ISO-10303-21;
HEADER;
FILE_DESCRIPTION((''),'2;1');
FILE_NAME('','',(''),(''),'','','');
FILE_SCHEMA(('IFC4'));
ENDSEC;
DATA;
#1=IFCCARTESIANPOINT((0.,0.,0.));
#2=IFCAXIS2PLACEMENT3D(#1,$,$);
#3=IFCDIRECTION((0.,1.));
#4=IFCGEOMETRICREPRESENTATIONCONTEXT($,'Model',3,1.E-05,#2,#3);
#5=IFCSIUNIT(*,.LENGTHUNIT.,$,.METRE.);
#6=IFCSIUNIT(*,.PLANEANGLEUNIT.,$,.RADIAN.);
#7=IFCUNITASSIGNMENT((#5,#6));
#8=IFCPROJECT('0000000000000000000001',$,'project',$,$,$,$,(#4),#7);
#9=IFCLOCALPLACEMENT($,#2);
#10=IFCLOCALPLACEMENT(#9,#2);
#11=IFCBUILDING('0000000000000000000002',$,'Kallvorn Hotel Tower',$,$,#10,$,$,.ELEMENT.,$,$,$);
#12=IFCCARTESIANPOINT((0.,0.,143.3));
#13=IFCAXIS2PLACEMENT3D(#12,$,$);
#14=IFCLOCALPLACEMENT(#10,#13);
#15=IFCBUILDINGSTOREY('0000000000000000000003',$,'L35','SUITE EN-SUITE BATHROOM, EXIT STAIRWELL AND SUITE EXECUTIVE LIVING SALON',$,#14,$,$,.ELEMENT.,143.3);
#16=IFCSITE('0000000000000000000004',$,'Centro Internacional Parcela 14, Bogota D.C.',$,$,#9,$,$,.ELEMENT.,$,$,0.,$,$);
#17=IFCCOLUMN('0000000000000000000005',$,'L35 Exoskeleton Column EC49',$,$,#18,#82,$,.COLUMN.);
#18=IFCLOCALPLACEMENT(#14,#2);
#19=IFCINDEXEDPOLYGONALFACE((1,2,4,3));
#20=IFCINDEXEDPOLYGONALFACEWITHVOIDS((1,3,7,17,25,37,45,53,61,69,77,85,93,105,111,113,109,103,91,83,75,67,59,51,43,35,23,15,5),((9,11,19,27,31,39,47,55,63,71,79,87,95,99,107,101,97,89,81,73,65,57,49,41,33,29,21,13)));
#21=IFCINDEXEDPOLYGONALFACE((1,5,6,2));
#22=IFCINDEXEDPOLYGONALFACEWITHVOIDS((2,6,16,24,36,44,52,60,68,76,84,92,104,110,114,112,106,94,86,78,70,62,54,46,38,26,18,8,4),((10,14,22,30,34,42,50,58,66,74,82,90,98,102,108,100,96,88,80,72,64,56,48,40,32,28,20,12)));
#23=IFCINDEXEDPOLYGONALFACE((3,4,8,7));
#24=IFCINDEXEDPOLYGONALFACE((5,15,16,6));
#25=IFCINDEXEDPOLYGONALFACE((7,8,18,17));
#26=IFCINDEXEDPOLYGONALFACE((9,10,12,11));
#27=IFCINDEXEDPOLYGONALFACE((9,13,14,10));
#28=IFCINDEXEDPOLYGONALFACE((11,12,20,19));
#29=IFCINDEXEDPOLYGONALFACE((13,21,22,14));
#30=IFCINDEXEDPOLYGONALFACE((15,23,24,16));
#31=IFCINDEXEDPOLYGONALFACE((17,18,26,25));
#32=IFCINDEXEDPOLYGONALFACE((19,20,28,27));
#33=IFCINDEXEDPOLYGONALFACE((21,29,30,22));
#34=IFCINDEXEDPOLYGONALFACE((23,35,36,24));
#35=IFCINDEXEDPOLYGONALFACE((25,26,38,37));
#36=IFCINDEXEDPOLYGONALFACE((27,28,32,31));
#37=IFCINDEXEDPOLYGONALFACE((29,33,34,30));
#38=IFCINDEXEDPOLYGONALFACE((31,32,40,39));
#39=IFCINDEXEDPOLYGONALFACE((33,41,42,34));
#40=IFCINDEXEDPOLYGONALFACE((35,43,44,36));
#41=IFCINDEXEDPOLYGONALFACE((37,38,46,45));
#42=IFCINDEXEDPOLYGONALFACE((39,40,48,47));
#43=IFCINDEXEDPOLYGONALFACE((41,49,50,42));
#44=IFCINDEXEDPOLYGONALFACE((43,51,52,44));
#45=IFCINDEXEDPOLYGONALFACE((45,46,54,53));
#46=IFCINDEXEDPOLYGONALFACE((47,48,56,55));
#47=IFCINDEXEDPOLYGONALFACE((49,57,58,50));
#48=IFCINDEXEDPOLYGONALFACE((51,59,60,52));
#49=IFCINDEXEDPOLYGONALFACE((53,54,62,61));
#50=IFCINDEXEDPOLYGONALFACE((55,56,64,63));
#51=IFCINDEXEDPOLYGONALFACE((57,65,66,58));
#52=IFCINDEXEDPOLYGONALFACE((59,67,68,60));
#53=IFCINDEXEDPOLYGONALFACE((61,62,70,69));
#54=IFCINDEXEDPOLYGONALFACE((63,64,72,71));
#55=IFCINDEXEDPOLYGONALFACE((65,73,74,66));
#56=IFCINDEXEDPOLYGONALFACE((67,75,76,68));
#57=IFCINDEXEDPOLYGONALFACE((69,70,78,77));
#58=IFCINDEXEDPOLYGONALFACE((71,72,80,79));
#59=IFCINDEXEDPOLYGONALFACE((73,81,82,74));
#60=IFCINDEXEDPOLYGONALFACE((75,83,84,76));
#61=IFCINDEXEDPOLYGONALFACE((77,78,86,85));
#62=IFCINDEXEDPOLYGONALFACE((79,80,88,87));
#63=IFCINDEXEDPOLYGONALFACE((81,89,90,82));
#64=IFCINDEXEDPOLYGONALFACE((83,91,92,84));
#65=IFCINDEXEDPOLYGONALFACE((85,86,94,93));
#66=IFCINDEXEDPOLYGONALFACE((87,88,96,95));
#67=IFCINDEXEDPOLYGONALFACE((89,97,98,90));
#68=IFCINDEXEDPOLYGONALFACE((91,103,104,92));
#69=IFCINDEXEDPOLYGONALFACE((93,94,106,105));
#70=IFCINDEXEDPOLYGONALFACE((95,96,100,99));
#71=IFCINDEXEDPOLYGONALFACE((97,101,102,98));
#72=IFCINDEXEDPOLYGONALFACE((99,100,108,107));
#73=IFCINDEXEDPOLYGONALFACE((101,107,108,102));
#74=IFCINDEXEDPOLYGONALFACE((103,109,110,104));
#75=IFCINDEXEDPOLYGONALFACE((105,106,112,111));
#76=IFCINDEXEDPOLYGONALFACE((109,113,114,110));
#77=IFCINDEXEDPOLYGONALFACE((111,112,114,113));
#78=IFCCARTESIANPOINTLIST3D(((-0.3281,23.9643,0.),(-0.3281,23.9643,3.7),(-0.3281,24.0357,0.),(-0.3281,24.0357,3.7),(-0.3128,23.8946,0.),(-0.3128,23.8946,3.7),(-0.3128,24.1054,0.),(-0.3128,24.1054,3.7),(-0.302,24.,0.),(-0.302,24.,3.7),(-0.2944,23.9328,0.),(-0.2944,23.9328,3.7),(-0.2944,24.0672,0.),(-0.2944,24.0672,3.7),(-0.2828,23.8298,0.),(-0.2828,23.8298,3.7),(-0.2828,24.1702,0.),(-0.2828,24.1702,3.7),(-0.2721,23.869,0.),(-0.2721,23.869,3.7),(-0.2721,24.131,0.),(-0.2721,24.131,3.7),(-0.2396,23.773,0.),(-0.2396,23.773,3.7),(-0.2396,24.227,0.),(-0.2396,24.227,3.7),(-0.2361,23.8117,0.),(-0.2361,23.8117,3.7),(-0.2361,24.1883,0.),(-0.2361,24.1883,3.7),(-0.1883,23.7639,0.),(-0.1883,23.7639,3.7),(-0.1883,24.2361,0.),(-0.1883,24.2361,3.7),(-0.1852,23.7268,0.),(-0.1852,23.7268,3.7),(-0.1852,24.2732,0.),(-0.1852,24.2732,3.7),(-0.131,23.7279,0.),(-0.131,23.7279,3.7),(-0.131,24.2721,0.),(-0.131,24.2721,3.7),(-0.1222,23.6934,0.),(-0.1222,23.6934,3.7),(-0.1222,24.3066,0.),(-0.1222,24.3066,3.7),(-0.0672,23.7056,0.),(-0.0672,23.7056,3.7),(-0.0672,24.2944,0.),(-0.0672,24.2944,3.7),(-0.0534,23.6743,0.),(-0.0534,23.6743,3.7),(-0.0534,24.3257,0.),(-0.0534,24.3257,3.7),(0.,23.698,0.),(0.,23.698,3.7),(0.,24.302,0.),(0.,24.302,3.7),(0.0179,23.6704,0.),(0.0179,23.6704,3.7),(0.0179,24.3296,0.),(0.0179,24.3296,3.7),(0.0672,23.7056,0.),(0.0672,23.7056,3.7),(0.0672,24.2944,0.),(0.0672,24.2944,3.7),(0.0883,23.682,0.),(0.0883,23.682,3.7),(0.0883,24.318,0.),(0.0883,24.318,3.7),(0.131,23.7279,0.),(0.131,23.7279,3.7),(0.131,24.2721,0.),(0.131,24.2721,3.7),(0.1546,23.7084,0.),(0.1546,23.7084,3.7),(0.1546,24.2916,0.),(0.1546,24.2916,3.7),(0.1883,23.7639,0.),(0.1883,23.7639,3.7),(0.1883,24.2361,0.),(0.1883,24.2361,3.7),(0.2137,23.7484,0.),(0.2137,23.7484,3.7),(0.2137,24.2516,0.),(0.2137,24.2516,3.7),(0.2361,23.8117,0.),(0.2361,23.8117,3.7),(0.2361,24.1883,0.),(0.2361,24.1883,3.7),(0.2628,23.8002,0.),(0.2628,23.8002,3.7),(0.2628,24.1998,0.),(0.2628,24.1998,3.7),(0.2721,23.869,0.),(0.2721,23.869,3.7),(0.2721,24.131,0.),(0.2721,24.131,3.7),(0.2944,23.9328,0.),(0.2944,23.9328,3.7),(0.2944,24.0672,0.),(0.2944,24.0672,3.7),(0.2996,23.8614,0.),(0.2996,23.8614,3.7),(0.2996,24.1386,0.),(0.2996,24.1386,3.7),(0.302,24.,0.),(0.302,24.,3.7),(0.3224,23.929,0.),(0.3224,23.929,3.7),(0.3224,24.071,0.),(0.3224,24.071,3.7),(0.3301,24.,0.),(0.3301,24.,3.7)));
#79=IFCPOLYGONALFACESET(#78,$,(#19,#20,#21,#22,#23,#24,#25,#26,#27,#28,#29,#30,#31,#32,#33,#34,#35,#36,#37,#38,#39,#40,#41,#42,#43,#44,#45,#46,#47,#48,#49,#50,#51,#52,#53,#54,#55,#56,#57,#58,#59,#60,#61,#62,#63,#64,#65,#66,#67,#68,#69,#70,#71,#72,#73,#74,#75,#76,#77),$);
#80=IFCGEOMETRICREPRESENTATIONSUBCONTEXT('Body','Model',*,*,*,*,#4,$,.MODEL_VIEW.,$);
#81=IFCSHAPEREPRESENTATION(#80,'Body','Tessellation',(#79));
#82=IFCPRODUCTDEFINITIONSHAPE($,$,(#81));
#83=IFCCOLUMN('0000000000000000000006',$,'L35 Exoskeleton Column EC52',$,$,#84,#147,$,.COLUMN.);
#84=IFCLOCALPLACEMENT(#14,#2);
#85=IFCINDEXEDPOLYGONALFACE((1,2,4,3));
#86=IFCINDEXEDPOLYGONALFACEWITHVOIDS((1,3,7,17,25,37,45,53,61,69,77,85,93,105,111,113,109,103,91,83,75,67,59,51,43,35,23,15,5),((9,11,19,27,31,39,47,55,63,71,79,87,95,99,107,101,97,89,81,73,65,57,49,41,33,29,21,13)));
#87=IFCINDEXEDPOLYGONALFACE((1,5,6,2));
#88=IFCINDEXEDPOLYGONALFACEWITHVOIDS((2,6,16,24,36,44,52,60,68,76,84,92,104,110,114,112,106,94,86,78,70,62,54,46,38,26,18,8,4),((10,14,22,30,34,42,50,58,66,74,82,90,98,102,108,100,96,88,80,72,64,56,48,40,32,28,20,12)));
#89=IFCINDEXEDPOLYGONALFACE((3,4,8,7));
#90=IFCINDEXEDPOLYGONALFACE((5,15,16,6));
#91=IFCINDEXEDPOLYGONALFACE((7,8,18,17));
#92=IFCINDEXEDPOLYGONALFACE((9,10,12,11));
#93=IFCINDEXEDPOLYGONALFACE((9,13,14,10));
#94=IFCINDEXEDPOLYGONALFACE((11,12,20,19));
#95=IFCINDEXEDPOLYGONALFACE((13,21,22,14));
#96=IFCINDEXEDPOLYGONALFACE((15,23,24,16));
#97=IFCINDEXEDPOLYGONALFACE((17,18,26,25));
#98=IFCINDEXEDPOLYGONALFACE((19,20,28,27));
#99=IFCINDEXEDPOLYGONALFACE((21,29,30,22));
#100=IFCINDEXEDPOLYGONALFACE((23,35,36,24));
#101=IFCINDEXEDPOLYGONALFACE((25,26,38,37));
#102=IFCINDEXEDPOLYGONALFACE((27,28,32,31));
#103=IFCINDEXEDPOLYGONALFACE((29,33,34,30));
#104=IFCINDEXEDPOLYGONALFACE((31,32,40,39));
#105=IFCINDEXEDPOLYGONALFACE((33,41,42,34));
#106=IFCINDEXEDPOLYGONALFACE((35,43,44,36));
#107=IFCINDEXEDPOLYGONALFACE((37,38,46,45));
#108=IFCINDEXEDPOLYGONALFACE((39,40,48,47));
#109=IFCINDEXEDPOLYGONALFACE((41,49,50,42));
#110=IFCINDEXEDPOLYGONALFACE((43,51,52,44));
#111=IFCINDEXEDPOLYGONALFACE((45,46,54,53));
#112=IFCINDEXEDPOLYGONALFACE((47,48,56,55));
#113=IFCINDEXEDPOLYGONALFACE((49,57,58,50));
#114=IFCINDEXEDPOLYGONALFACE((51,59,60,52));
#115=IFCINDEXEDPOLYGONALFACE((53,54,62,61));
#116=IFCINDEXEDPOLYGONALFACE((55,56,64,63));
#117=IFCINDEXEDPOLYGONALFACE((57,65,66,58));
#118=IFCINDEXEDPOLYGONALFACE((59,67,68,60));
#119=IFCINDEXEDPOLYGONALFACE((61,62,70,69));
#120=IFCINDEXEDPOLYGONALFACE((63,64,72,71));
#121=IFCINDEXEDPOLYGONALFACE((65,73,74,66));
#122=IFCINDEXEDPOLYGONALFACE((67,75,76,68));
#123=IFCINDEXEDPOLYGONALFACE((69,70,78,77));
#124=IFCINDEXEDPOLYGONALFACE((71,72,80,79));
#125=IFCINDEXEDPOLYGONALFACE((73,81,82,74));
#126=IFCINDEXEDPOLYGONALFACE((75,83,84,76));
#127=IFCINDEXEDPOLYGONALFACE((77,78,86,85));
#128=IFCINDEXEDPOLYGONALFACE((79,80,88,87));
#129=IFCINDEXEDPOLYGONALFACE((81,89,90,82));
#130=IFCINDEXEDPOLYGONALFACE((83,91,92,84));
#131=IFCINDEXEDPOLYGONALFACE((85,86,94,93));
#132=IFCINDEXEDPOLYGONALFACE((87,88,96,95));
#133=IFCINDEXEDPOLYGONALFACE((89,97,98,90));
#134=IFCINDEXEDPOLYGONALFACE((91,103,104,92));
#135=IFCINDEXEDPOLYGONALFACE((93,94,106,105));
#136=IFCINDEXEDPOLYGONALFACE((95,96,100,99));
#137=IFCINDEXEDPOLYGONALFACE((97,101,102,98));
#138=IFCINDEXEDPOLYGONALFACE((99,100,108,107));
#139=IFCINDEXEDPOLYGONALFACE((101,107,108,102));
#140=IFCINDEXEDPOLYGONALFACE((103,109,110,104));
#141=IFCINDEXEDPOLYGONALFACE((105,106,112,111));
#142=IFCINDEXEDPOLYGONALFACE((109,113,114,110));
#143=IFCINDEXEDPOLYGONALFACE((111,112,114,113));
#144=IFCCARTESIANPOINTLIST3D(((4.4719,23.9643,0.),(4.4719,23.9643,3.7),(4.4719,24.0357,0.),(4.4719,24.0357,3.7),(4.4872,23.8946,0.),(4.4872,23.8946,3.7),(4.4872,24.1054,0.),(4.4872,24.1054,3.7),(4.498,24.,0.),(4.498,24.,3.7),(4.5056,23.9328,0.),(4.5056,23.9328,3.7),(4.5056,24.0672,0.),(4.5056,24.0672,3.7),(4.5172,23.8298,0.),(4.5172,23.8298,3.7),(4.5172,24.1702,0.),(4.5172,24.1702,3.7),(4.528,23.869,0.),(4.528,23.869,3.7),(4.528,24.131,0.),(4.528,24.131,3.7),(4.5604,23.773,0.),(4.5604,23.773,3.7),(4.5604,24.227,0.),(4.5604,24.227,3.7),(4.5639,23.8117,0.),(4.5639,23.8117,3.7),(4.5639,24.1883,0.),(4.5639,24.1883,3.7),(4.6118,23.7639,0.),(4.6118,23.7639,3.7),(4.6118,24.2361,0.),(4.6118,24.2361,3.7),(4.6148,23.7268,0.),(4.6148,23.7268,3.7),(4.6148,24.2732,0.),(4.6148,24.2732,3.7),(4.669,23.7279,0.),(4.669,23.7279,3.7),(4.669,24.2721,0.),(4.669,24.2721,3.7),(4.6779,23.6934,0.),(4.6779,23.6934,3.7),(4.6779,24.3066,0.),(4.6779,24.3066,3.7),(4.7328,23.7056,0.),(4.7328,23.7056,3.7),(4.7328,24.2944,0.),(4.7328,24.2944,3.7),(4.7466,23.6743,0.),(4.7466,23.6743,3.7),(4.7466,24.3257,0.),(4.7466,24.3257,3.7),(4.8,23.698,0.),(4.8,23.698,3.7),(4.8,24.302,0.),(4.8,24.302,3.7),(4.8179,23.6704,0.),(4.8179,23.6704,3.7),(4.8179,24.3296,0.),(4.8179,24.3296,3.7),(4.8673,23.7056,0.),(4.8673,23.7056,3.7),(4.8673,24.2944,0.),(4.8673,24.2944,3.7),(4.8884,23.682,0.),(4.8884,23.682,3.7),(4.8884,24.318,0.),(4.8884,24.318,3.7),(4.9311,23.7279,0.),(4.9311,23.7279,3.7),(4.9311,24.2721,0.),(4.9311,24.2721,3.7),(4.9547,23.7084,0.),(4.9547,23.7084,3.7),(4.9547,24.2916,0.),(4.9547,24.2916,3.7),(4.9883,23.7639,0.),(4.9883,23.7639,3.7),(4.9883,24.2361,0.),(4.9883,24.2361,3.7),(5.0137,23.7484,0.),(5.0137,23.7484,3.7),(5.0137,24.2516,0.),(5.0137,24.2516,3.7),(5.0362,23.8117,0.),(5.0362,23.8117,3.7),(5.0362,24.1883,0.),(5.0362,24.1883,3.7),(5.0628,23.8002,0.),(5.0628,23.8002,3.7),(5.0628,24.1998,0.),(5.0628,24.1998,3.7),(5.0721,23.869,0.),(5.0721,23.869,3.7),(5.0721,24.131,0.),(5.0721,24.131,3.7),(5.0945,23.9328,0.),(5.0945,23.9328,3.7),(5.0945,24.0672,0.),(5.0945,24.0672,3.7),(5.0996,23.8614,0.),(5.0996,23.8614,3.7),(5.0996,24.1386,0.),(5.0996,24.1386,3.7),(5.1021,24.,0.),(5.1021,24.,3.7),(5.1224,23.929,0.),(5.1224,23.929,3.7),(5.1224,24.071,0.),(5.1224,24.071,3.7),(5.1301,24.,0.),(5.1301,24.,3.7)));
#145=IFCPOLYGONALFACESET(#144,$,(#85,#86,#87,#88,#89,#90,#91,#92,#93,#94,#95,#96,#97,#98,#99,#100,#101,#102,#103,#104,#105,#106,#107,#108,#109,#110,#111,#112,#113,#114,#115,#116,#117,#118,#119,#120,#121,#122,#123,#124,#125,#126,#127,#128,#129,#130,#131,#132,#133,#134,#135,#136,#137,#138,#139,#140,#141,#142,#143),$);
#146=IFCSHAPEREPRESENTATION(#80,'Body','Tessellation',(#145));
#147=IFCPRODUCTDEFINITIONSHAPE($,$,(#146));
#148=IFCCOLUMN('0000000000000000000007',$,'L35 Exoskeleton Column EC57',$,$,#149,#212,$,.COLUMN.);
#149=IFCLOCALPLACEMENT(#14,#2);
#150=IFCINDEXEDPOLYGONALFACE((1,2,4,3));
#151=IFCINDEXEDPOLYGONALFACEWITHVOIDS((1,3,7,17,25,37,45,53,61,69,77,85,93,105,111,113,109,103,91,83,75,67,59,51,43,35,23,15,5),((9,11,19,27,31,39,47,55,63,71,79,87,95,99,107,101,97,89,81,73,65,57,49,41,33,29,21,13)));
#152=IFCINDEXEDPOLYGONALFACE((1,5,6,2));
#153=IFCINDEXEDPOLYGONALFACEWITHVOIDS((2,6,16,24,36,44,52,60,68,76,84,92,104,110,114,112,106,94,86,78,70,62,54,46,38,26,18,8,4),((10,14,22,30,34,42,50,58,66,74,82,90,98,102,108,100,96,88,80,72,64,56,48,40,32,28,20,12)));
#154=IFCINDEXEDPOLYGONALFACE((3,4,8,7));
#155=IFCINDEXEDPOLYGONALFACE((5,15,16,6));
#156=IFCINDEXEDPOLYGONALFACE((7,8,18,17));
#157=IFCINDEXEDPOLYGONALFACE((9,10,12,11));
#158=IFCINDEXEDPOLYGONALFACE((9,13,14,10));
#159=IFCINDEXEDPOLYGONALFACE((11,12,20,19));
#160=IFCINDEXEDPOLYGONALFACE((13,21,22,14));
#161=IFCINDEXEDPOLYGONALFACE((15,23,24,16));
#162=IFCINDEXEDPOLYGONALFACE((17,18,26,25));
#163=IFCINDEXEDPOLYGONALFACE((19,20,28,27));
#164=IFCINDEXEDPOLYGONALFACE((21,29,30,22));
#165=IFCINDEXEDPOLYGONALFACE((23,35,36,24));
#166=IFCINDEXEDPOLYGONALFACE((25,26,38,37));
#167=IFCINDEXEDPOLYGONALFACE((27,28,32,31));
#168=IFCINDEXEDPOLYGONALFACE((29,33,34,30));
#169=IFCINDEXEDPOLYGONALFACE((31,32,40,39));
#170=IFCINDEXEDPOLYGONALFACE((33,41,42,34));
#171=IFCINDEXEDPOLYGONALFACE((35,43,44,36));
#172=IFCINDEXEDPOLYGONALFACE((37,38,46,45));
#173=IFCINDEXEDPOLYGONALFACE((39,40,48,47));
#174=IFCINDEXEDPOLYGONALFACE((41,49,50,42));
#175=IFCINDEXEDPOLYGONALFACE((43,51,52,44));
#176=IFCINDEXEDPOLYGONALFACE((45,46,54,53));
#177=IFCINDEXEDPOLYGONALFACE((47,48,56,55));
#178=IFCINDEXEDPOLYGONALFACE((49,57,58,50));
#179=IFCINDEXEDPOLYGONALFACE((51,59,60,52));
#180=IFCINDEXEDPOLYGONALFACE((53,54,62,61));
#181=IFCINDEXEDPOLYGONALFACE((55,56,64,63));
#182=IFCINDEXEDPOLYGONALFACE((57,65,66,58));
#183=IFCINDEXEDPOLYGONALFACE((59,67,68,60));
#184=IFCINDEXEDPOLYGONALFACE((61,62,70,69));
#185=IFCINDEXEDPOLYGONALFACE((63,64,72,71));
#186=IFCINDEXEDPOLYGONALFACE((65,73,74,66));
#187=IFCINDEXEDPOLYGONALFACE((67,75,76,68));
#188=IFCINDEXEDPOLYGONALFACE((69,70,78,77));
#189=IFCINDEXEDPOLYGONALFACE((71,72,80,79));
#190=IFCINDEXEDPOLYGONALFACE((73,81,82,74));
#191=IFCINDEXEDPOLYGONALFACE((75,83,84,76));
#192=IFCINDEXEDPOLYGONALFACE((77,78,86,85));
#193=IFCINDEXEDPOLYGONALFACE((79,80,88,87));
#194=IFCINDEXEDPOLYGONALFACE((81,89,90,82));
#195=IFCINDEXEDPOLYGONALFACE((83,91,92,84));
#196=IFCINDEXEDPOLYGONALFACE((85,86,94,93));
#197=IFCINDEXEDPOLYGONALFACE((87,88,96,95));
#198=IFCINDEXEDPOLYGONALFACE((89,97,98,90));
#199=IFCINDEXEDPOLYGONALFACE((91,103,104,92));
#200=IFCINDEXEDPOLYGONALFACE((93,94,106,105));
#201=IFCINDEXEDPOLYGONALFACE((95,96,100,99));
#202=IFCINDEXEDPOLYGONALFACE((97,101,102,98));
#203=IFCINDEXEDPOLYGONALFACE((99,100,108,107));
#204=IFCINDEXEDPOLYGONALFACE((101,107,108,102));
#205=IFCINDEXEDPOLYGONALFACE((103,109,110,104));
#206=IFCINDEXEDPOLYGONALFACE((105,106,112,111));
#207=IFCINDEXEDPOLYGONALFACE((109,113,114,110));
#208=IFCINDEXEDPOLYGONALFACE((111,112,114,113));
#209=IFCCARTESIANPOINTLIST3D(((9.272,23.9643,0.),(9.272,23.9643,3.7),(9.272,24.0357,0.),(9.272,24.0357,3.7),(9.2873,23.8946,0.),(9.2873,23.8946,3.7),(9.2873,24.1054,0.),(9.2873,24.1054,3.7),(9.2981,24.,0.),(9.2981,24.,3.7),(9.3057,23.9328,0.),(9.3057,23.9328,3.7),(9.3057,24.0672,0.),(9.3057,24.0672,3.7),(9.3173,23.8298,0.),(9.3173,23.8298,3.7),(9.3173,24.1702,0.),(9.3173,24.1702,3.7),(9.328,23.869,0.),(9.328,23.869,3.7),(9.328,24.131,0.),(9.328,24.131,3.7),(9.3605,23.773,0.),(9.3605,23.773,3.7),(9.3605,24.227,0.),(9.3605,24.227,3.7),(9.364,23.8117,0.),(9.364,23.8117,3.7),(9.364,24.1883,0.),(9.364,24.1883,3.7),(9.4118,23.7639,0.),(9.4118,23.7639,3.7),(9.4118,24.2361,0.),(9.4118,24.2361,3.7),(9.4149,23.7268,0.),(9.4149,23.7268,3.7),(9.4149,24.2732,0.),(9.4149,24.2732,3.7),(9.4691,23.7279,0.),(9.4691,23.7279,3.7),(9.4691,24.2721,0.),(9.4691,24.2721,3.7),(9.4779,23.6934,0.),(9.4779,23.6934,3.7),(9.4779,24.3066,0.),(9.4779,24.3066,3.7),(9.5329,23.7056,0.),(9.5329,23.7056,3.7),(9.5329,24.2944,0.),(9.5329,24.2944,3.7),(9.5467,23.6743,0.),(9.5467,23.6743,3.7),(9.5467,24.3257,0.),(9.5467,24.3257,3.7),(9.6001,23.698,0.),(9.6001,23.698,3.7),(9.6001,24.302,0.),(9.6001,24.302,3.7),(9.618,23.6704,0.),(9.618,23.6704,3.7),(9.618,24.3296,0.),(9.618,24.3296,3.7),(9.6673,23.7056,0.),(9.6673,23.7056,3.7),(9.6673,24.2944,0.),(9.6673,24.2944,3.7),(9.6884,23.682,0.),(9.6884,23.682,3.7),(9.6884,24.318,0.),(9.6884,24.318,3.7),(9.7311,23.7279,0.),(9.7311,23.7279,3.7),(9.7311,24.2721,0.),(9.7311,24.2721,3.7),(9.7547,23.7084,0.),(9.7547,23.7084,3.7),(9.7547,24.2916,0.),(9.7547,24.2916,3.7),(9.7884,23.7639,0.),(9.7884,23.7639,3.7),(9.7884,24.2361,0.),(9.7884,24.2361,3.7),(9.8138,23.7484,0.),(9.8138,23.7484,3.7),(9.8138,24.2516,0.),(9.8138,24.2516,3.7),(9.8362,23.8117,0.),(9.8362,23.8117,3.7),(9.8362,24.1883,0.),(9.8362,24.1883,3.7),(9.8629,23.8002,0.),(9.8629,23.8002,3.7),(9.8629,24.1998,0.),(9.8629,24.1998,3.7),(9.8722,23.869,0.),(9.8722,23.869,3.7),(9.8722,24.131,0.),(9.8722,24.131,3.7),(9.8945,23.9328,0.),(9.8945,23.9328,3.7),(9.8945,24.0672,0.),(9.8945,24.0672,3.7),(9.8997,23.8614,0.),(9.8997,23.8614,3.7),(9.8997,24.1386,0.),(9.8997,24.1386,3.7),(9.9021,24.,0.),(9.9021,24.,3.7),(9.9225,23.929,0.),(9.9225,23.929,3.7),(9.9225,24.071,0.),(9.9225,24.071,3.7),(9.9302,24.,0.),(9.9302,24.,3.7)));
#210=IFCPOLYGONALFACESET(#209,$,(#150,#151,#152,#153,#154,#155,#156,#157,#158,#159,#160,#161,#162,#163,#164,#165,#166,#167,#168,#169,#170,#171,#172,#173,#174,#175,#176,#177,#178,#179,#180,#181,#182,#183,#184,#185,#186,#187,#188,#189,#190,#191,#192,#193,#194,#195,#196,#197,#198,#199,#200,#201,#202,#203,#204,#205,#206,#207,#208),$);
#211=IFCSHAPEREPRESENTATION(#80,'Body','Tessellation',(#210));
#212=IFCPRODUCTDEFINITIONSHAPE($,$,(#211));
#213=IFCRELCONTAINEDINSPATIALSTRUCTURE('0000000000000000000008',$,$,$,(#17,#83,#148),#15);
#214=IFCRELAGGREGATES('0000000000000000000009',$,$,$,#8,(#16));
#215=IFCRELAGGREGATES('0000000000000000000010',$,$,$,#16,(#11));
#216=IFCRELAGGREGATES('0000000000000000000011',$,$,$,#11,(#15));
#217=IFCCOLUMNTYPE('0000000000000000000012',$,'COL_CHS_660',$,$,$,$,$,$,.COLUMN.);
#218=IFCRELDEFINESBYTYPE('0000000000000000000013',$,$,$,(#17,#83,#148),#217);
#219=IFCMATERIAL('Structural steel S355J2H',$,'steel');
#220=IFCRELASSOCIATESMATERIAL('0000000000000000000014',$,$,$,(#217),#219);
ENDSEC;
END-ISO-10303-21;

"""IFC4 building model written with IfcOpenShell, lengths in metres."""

from ifc_helpers import new_model, si_unit, direction, frame, origin, origin_2d, place, context, subcontext, project, spatial, hollow_circle, extrude, material, material_profile, profile_set, type_object, element, save


model = new_model("IFC4")

# Units and contexts
model_context = context("Model", 3, precision=1e-05, world=origin(), true_north=direction((0.0, 1.0)))
body_context = subcontext(model_context, "Body", "Model", "MODEL_VIEW")
ifc_project = project(units=[si_unit("LENGTHUNIT", "METRE"), si_unit("PLANEANGLEUNIT", "RADIAN")], contexts=[model_context])

# Site, building, storey
site_placement = place(None, origin())
site = spatial("IfcSite", under=ifc_project, at=site_placement, Name="Centro Internacional Parcela 14, Bogota D.C.", CompositionType="ELEMENT", RefElevation=0.0)
building_placement = place(site_placement, origin())
building = spatial("IfcBuilding", under=site, at=building_placement, Name="Kallvorn Hotel Tower", CompositionType="ELEMENT")
storey_placement = place(building_placement, frame((0.0, 0.0, 143.3)))
storey = spatial("IfcBuildingStorey", under=building, at=storey_placement, Name="L35", Description="SUITE EN-SUITE BATHROOM, EXIT STAIRWELL AND SUITE EXECUTIVE LIVING SALON", CompositionType="ELEMENT", Elevation=143.3)

# Columns
ifc_material_1 = material(Name="Structural steel S355J2H", Category="steel")
ifc_material_profile_1 = material_profile(ifc_material_1, hollow_circle(Radius=0.3301, WallThickness=0.0281, at=origin_2d()), Name="CHS 660x28")
ifc_profile_set_1 = profile_set([ifc_material_profile_1], Name="Structural steel S355J2H")
column_type = type_object("IfcColumnType", Name="COL_CHS_660", PredefinedType="COLUMN", material=ifc_profile_set_1)
for number, where, z_axis, x_axis, name in (
    (1, (0.0, 24.0, 0.0), (0.0, 0.0, 1.0), (1.0, 0.0, 0.0), "L35 Exoskeleton Column EC49"),
    (2, (4.8, 24.0, 0.0), (0.0, 0.0, 1.0), (1.0, 0.0, 0.0), "L35 Exoskeleton Column EC52"),
    (3, (9.6001, 24.0, 0.0), (0.0, 0.0, 1.0), (1.0, 0.0, 0.0), "L35 Exoskeleton Column EC57"),
):
    element("IfcColumn", number, at=place(storey_placement, frame(where, z_axis=z_axis, x_axis=x_axis)), inside=storey, type_object=column_type, Name=name, PredefinedType="COLUMN", context=body_context, shape_type="SweptSolid", body=[
        extrude(hollow_circle(Radius=0.3301, WallThickness=0.0281, at=origin_2d()), origin(), (0.0, 0.0, 1.0), 3.7),
    ])

save(model, "model.ifc")
